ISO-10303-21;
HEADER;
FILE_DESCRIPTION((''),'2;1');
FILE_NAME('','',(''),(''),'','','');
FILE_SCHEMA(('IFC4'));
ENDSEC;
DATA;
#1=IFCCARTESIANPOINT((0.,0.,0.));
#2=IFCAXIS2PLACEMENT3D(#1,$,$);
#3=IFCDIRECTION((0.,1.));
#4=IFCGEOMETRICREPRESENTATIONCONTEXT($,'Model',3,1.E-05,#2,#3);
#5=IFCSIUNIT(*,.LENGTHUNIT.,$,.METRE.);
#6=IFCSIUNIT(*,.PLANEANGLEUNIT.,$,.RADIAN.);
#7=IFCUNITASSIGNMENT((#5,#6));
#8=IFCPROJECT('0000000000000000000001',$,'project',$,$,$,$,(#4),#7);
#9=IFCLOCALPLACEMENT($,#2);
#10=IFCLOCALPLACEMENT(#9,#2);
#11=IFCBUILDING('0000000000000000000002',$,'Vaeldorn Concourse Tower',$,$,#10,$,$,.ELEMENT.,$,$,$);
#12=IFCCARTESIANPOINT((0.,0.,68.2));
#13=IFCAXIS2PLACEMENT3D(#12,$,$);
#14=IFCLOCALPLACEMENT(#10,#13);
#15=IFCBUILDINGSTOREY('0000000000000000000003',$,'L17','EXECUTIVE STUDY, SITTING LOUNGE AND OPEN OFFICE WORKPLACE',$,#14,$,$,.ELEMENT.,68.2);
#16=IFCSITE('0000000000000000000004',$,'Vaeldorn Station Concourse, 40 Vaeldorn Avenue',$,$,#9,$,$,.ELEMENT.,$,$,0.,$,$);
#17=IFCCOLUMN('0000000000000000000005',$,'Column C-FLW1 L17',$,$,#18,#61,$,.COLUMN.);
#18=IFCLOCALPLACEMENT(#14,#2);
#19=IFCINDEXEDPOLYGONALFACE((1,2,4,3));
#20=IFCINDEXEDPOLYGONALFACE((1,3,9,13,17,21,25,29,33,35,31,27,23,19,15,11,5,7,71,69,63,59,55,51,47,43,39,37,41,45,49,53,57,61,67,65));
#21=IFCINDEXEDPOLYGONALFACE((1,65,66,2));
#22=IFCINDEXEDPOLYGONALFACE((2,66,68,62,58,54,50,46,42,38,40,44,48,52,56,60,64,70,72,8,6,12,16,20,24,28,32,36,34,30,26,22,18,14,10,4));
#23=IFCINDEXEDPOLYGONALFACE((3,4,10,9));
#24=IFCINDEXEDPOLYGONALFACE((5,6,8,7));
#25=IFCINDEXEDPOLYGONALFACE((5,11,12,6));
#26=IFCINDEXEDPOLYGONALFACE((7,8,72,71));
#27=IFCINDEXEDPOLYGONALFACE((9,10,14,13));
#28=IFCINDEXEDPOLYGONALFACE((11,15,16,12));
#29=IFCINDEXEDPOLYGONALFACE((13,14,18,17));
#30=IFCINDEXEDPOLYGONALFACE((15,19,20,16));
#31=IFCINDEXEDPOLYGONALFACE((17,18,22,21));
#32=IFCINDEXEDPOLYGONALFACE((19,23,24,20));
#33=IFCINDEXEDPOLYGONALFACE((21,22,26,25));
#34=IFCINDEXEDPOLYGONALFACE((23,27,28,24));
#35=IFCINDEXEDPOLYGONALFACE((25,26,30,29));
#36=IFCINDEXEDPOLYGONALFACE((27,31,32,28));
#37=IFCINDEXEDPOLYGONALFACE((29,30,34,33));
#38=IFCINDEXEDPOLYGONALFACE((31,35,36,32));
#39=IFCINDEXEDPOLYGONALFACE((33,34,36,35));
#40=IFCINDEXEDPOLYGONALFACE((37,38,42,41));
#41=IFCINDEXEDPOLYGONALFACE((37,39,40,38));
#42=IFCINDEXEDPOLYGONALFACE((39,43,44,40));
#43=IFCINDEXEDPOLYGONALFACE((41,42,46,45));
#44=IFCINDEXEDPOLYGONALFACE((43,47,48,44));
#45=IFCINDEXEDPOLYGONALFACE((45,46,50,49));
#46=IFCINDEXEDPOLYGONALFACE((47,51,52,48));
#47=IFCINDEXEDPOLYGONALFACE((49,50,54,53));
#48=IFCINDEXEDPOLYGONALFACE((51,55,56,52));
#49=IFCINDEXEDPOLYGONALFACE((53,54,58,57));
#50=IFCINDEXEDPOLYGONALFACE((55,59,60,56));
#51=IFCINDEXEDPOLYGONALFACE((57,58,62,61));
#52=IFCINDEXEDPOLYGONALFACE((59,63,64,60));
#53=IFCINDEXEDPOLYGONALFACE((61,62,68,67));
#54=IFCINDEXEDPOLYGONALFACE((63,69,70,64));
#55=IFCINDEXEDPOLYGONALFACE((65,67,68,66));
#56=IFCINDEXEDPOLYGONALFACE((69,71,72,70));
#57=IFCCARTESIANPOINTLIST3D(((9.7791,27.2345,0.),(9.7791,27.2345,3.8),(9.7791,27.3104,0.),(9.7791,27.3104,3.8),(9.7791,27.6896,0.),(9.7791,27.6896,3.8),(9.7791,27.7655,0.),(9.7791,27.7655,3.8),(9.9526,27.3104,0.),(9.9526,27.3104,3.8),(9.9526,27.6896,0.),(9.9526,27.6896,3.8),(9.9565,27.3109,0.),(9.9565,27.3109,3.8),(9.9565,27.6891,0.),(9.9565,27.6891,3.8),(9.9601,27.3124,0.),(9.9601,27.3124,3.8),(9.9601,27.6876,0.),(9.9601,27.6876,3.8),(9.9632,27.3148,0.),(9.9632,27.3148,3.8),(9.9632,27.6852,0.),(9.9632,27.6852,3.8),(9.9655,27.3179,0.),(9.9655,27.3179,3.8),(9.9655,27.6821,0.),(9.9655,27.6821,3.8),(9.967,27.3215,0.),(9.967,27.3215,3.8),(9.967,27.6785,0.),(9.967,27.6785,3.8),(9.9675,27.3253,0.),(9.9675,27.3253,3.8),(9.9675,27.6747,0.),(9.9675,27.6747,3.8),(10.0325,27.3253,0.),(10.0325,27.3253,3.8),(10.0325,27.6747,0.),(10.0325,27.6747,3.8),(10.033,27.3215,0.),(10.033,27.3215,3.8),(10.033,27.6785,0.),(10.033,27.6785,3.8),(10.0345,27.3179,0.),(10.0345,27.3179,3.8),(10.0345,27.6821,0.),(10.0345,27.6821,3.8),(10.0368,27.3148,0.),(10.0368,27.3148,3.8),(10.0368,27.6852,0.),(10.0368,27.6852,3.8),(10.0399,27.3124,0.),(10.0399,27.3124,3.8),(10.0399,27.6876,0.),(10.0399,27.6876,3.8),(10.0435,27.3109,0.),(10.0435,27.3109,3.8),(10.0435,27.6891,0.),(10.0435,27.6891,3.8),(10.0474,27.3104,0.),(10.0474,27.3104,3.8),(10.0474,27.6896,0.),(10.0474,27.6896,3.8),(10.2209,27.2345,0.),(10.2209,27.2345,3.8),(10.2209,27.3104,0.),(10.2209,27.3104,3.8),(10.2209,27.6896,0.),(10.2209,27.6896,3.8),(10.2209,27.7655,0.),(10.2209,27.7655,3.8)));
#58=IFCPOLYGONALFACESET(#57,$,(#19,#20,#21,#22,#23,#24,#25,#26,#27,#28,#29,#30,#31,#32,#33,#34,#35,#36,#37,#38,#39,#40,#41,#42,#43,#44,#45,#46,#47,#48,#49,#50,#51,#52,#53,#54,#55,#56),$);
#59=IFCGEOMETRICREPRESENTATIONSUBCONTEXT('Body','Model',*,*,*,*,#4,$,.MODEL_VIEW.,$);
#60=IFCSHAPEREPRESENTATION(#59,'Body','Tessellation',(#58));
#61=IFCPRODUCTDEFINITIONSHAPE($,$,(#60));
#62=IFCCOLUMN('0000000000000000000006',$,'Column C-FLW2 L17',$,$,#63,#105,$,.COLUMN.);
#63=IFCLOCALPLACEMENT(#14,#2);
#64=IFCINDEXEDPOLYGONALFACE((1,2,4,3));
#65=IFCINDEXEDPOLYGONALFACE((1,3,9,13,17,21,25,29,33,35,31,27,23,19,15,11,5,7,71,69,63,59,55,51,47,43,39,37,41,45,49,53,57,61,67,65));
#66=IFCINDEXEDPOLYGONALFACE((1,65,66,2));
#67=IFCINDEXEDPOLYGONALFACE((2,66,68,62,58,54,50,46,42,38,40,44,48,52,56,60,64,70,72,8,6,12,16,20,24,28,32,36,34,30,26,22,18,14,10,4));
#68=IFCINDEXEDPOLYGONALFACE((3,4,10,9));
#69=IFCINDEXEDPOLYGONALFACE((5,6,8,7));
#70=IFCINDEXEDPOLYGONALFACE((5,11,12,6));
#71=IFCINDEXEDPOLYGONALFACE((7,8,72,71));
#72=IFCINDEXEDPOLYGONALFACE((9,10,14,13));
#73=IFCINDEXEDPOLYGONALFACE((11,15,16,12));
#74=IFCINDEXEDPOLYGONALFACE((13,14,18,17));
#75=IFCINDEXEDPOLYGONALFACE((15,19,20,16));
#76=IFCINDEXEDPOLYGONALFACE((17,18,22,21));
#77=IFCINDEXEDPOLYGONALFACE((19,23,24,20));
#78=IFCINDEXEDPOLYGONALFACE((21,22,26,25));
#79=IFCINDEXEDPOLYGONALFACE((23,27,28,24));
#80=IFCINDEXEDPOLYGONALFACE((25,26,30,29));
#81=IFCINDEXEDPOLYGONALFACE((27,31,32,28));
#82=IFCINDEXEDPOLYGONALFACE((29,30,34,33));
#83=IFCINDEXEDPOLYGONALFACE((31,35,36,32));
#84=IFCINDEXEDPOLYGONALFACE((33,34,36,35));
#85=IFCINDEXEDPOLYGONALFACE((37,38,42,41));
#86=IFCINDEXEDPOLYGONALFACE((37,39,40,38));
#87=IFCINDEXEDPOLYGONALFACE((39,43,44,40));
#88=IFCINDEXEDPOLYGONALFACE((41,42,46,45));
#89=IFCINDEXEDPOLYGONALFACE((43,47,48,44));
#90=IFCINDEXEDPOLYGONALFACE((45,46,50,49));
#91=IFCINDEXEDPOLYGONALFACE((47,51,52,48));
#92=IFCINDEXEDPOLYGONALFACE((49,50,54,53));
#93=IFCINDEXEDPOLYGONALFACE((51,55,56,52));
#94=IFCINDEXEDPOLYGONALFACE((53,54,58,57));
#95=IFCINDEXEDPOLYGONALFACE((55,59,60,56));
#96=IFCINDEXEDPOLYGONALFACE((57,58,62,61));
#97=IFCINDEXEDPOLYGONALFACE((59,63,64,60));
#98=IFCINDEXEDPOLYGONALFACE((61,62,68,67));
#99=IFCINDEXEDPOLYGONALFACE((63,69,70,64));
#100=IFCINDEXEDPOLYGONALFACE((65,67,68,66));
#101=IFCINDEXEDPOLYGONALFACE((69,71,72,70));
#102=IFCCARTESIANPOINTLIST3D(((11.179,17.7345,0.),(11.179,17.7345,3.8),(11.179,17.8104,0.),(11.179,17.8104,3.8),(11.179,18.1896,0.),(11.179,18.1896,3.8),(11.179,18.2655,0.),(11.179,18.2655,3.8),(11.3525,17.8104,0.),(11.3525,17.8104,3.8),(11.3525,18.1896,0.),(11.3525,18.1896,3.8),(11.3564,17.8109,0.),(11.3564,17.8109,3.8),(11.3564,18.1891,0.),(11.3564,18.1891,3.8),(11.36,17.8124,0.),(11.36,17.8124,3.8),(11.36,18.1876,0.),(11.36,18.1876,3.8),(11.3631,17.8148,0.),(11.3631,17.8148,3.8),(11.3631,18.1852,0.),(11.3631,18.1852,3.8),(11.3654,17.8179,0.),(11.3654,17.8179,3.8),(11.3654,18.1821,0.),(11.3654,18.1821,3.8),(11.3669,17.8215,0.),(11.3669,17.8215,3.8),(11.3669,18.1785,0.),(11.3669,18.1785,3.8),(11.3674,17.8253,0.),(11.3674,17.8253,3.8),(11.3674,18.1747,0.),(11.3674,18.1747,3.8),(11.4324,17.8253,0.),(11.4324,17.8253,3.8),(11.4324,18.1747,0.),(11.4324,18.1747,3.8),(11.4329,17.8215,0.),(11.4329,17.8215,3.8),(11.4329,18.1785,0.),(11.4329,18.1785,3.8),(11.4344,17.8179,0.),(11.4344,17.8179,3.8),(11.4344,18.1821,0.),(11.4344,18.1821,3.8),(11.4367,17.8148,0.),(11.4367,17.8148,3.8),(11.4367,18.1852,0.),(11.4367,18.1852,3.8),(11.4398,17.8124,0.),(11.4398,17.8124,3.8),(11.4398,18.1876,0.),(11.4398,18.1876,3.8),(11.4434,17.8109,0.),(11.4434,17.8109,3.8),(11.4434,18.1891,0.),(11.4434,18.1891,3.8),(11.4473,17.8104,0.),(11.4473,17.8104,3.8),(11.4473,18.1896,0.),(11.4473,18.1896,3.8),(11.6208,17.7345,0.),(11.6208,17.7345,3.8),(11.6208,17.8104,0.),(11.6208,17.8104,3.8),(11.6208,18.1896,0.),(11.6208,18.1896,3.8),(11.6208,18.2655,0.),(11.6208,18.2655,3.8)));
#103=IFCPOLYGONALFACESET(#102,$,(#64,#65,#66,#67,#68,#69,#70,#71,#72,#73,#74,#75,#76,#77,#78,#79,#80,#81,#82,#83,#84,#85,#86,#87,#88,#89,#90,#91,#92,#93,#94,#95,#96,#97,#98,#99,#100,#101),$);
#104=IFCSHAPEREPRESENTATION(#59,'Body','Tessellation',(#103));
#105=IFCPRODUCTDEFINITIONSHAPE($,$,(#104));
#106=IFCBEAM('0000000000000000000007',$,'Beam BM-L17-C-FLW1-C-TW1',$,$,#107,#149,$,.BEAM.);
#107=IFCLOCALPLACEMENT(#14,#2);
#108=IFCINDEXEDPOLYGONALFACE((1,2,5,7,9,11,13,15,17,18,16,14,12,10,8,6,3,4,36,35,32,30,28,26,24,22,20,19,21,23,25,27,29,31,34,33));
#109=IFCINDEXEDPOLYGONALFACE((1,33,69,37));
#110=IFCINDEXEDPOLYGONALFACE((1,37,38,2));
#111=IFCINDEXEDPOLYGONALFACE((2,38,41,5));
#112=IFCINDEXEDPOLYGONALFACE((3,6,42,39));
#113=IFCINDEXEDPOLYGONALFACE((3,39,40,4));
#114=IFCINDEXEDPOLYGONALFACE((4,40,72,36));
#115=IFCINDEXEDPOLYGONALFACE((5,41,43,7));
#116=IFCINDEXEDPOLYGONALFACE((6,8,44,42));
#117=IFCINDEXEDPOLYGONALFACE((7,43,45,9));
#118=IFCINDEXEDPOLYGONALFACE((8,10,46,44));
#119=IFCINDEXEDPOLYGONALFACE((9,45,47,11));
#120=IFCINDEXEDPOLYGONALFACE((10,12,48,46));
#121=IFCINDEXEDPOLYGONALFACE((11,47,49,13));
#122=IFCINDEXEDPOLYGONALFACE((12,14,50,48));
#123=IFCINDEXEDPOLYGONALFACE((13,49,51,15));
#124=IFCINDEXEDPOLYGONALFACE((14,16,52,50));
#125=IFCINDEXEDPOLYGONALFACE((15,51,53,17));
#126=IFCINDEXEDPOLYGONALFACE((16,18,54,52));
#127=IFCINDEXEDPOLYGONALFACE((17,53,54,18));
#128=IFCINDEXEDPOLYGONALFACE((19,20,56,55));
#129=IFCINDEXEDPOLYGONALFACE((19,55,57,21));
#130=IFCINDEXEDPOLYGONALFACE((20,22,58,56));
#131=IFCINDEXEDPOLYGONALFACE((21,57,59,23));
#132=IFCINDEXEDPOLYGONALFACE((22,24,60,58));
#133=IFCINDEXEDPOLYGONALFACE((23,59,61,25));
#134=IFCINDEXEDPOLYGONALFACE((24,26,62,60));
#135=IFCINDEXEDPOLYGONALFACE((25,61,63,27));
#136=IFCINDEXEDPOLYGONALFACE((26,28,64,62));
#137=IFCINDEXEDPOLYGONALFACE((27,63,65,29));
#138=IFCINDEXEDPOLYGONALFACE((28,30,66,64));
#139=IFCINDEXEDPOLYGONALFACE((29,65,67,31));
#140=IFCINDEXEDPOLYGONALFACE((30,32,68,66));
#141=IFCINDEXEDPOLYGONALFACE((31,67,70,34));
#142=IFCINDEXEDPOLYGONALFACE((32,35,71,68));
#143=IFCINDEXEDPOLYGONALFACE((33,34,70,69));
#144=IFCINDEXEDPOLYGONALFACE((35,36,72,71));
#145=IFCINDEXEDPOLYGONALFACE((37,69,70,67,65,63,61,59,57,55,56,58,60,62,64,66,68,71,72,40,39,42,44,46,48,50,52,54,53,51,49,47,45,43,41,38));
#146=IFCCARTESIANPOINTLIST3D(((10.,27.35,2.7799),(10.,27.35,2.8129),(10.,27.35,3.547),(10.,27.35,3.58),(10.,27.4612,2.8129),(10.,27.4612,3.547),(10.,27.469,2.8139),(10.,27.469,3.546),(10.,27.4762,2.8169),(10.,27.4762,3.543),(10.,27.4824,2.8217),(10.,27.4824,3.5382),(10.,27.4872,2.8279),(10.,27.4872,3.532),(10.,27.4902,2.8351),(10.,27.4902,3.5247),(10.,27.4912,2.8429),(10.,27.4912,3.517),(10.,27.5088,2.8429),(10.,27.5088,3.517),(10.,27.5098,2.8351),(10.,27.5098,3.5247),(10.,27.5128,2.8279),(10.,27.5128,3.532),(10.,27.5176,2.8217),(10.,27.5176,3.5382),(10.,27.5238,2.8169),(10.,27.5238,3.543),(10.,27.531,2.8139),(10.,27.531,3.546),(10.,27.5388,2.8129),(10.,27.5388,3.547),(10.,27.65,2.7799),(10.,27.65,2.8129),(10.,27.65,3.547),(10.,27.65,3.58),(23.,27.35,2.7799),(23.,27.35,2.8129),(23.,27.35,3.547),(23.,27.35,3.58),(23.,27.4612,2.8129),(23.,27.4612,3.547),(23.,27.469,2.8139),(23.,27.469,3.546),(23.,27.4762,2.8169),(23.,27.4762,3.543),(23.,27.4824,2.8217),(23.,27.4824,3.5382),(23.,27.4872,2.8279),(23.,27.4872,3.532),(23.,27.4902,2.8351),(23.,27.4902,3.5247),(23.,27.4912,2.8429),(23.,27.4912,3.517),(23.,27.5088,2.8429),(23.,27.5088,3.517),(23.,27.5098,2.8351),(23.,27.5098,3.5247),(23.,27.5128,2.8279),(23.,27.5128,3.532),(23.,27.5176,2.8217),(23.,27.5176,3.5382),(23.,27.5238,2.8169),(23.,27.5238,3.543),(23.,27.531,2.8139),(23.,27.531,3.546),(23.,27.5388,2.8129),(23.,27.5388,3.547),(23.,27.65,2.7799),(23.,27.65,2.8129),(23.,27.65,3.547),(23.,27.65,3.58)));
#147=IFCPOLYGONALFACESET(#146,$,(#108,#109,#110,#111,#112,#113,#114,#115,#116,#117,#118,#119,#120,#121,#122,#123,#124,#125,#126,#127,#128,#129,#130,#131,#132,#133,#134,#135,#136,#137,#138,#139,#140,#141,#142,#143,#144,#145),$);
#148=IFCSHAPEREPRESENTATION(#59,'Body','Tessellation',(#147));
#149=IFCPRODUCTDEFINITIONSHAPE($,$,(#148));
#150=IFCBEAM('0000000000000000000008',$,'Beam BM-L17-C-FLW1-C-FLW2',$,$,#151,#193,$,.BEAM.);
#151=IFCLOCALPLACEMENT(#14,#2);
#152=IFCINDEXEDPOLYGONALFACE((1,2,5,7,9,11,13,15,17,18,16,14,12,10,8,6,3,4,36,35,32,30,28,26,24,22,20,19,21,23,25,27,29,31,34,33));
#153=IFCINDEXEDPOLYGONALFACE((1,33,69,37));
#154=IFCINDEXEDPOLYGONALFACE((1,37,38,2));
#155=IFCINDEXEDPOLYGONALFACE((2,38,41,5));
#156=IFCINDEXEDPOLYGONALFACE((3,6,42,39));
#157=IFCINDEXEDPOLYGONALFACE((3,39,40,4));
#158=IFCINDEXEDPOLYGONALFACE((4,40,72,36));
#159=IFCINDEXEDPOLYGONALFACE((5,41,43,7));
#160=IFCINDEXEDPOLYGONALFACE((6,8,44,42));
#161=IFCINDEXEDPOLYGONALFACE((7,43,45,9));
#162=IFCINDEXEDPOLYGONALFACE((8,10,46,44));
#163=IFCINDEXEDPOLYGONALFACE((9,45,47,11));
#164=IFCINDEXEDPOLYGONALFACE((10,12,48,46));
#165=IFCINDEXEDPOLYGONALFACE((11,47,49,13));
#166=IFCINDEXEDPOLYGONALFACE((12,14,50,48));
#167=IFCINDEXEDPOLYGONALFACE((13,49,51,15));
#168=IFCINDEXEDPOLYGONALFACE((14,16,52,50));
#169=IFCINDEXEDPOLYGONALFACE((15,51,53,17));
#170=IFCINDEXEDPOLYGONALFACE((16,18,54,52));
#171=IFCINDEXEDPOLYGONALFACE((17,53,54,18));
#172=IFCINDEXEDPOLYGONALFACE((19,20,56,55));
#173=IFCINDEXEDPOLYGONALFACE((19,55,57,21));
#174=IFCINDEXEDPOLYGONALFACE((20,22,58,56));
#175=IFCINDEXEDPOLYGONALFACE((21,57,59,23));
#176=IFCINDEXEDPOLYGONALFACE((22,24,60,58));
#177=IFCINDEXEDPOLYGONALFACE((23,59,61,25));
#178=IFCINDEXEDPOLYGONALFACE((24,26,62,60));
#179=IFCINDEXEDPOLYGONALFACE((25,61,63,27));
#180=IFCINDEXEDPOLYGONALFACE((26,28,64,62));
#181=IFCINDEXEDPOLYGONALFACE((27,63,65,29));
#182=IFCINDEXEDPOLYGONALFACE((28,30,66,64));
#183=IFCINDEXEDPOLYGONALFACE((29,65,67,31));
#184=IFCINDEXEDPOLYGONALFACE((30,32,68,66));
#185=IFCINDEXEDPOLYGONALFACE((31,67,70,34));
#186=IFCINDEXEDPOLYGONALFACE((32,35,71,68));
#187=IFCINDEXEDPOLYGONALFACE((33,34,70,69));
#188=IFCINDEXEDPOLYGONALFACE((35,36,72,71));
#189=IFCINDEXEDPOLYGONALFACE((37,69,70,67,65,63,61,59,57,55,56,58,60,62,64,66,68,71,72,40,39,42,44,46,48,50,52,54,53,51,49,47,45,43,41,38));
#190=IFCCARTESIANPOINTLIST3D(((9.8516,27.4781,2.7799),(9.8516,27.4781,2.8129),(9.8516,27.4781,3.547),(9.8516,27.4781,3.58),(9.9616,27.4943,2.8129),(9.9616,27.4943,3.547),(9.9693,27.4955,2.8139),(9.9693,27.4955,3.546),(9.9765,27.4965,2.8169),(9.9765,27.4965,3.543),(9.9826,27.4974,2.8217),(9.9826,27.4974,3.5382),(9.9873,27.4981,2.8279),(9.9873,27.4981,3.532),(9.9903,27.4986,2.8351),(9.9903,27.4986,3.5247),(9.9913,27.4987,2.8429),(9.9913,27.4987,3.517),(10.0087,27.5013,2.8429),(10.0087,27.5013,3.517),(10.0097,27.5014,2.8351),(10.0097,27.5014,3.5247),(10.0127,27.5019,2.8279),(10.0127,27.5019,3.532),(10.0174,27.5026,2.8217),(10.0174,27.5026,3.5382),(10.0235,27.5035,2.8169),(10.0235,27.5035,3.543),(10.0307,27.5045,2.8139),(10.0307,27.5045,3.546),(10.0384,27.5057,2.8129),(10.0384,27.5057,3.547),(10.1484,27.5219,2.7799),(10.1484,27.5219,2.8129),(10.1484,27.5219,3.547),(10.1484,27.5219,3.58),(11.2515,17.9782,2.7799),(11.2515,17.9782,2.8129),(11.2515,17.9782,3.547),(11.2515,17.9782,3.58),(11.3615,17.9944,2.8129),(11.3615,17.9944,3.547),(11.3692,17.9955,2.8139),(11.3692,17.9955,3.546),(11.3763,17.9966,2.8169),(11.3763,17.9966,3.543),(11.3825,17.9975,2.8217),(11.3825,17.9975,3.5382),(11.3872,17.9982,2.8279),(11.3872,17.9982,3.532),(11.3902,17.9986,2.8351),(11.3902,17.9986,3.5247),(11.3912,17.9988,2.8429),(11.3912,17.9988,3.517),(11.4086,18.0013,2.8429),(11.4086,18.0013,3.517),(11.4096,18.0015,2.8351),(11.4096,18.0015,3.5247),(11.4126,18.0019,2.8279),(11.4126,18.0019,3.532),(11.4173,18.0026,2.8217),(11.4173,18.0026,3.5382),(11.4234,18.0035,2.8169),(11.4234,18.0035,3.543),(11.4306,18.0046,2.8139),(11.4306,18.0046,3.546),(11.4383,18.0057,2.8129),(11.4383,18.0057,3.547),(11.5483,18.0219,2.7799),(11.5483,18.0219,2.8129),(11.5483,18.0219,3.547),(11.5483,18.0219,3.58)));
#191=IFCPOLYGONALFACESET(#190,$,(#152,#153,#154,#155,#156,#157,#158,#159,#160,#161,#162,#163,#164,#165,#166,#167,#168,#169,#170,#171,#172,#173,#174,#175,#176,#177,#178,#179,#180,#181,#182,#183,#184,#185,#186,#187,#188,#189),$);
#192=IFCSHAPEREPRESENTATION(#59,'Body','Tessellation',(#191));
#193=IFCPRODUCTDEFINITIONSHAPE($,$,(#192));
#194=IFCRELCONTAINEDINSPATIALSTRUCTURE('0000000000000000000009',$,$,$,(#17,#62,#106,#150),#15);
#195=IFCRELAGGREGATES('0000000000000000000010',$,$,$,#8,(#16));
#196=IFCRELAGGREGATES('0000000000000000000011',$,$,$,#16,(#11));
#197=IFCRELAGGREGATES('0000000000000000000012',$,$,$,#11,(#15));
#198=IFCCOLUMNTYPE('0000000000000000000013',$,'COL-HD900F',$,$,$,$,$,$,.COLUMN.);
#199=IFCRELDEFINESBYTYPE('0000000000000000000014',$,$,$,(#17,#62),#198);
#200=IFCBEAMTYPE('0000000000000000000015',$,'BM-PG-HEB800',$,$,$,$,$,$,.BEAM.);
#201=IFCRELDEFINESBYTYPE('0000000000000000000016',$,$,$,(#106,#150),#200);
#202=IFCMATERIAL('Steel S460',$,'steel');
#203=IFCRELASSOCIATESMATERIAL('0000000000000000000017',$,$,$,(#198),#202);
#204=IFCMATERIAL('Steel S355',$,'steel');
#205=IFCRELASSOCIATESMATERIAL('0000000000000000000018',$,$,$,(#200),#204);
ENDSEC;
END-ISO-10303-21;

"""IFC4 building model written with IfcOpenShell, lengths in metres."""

from ifc_helpers import new_model, si_unit, direction, frame, origin, origin_2d, place, context, subcontext, project, spatial, i_section, extrude, source, transform, mapped, material, material_profile, profile_set, type_object, element, save


model = new_model("IFC4")

# Units and contexts
model_context = context("Model", 3, precision=1e-05, world=origin(), true_north=direction((0.0, 1.0)))
body_context = subcontext(model_context, "Body", "Model", "MODEL_VIEW")
ifc_project = project(units=[si_unit("LENGTHUNIT", "METRE"), si_unit("PLANEANGLEUNIT", "RADIAN")], contexts=[model_context])

# Site, building, storey
site_placement = place(None, origin())
site = spatial("IfcSite", under=ifc_project, at=site_placement, Name="Vaeldorn Station Concourse, 40 Vaeldorn Avenue", CompositionType="ELEMENT", RefElevation=0.0)
building_placement = place(site_placement, origin())
building = spatial("IfcBuilding", under=site, at=building_placement, Name="Vaeldorn Concourse Tower", CompositionType="ELEMENT")
storey_placement = place(building_placement, frame((0.0, 0.0, 68.2)))
storey = spatial("IfcBuildingStorey", under=building, at=storey_placement, Name="L17", Description="EXECUTIVE STUDY, SITTING LOUNGE AND OPEN OFFICE WORKPLACE", CompositionType="ELEMENT", Elevation=68.2)

# Columns
ifc_material_1 = material(Name="Steel S460", Category="steel")
ifc_material_profile_1 = material_profile(ifc_material_1, i_section(OverallWidth=0.4419, OverallDepth=0.531, WebThickness=0.0649, FlangeThickness=0.0759, FilletRadius=0.0149, at=origin_2d()), Name="HD 400x900")
ifc_profile_set_1 = profile_set([ifc_material_profile_1], Name="Steel S460")
column_type = type_object("IfcColumnType", Name="COL-HD900F", PredefinedType="COLUMN", material=ifc_profile_set_1)
shared_shape_1 = source(origin(), body_context, "Body", "SweptSolid", [
    extrude(i_section(OverallWidth=0.4419, OverallDepth=0.531, WebThickness=0.0649, FlangeThickness=0.0759, FilletRadius=0.0149, at=origin_2d()), origin(), (0.0, 0.0, 1.0), 3.8),
])
for number, where, z_axis, x_axis, name in (
    (1, (10.0, 27.5, 0.0), (0.0, 0.0, 1.0), (1.0, 0.0, 0.0), "Column C-FLW1 L17"),
    (2, (11.3999, 18.0, 0.0), (0.0, 0.0, 1.0), (1.0, 0.0, 0.0), "Column C-FLW2 L17"),
):
    element("IfcColumn", number, at=place(storey_placement, frame(where, z_axis=z_axis, x_axis=x_axis)), inside=storey, type_object=column_type, Name=name, PredefinedType="COLUMN", context=body_context, shape_type="MappedRepresentation", body=[
        mapped(shared_shape_1, transform((0.0, 0.0, 0.0), scale=1.0)),
    ])

# Beams
ifc_material_2 = material(Name="Steel S355", Category="steel")
ifc_material_profile_2 = material_profile(ifc_material_2, i_section(OverallWidth=0.3, OverallDepth=0.8, WebThickness=0.0176, FlangeThickness=0.033, FilletRadius=0.03, at=origin_2d()), Name="HEB 800")
ifc_profile_set_2 = profile_set([ifc_material_profile_2], Name="Steel S355")
beam_type_1 = type_object("IfcBeamType", Name="BM-PG-HEB800", PredefinedType="BEAM", material=ifc_profile_set_2)
shared_shape_2 = source(origin(), body_context, "Body", "SweptSolid", [
    extrude(i_section(OverallWidth=0.3, OverallDepth=0.8, WebThickness=0.0176, FlangeThickness=0.033, FilletRadius=0.03, at=origin_2d()), origin(), (0.0, 0.0, 1.0), 13.0),
])
beam_1_placement = place(storey_placement, frame((10.0, 27.5, 3.1799), z_axis=(1.0, 0.0, 0.0), x_axis=(0.0, 1.0, 0.0)))
element("IfcBeam", 3, at=beam_1_placement, inside=storey, type_object=beam_type_1, Name="Beam BM-L17-C-FLW1-C-TW1", PredefinedType="BEAM", context=body_context, shape_type="MappedRepresentation", body=[
    mapped(shared_shape_2, transform((0.0, 0.0, 0.0), scale=1.0)),
])
shared_shape_3 = source(origin(), body_context, "Body", "SweptSolid", [
    extrude(i_section(OverallWidth=0.3, OverallDepth=0.8, WebThickness=0.0176, FlangeThickness=0.033, FilletRadius=0.03, at=origin_2d()), origin(), (0.0, 0.0, 1.0), 9.6025),
])
beam_2_placement = place(storey_placement, frame((10.0, 27.5, 3.1799), z_axis=(0.145784, -0.989316, 0.0), x_axis=(0.989316, 0.145784, 0.0)))
element("IfcBeam", 4, at=beam_2_placement, inside=storey, type_object=beam_type_1, Name="Beam BM-L17-C-FLW1-C-FLW2", PredefinedType="BEAM", context=body_context, shape_type="MappedRepresentation", body=[
    mapped(shared_shape_3, transform((0.0, 0.0, 0.0), scale=1.0)),
])

save(model, "model.ifc")
